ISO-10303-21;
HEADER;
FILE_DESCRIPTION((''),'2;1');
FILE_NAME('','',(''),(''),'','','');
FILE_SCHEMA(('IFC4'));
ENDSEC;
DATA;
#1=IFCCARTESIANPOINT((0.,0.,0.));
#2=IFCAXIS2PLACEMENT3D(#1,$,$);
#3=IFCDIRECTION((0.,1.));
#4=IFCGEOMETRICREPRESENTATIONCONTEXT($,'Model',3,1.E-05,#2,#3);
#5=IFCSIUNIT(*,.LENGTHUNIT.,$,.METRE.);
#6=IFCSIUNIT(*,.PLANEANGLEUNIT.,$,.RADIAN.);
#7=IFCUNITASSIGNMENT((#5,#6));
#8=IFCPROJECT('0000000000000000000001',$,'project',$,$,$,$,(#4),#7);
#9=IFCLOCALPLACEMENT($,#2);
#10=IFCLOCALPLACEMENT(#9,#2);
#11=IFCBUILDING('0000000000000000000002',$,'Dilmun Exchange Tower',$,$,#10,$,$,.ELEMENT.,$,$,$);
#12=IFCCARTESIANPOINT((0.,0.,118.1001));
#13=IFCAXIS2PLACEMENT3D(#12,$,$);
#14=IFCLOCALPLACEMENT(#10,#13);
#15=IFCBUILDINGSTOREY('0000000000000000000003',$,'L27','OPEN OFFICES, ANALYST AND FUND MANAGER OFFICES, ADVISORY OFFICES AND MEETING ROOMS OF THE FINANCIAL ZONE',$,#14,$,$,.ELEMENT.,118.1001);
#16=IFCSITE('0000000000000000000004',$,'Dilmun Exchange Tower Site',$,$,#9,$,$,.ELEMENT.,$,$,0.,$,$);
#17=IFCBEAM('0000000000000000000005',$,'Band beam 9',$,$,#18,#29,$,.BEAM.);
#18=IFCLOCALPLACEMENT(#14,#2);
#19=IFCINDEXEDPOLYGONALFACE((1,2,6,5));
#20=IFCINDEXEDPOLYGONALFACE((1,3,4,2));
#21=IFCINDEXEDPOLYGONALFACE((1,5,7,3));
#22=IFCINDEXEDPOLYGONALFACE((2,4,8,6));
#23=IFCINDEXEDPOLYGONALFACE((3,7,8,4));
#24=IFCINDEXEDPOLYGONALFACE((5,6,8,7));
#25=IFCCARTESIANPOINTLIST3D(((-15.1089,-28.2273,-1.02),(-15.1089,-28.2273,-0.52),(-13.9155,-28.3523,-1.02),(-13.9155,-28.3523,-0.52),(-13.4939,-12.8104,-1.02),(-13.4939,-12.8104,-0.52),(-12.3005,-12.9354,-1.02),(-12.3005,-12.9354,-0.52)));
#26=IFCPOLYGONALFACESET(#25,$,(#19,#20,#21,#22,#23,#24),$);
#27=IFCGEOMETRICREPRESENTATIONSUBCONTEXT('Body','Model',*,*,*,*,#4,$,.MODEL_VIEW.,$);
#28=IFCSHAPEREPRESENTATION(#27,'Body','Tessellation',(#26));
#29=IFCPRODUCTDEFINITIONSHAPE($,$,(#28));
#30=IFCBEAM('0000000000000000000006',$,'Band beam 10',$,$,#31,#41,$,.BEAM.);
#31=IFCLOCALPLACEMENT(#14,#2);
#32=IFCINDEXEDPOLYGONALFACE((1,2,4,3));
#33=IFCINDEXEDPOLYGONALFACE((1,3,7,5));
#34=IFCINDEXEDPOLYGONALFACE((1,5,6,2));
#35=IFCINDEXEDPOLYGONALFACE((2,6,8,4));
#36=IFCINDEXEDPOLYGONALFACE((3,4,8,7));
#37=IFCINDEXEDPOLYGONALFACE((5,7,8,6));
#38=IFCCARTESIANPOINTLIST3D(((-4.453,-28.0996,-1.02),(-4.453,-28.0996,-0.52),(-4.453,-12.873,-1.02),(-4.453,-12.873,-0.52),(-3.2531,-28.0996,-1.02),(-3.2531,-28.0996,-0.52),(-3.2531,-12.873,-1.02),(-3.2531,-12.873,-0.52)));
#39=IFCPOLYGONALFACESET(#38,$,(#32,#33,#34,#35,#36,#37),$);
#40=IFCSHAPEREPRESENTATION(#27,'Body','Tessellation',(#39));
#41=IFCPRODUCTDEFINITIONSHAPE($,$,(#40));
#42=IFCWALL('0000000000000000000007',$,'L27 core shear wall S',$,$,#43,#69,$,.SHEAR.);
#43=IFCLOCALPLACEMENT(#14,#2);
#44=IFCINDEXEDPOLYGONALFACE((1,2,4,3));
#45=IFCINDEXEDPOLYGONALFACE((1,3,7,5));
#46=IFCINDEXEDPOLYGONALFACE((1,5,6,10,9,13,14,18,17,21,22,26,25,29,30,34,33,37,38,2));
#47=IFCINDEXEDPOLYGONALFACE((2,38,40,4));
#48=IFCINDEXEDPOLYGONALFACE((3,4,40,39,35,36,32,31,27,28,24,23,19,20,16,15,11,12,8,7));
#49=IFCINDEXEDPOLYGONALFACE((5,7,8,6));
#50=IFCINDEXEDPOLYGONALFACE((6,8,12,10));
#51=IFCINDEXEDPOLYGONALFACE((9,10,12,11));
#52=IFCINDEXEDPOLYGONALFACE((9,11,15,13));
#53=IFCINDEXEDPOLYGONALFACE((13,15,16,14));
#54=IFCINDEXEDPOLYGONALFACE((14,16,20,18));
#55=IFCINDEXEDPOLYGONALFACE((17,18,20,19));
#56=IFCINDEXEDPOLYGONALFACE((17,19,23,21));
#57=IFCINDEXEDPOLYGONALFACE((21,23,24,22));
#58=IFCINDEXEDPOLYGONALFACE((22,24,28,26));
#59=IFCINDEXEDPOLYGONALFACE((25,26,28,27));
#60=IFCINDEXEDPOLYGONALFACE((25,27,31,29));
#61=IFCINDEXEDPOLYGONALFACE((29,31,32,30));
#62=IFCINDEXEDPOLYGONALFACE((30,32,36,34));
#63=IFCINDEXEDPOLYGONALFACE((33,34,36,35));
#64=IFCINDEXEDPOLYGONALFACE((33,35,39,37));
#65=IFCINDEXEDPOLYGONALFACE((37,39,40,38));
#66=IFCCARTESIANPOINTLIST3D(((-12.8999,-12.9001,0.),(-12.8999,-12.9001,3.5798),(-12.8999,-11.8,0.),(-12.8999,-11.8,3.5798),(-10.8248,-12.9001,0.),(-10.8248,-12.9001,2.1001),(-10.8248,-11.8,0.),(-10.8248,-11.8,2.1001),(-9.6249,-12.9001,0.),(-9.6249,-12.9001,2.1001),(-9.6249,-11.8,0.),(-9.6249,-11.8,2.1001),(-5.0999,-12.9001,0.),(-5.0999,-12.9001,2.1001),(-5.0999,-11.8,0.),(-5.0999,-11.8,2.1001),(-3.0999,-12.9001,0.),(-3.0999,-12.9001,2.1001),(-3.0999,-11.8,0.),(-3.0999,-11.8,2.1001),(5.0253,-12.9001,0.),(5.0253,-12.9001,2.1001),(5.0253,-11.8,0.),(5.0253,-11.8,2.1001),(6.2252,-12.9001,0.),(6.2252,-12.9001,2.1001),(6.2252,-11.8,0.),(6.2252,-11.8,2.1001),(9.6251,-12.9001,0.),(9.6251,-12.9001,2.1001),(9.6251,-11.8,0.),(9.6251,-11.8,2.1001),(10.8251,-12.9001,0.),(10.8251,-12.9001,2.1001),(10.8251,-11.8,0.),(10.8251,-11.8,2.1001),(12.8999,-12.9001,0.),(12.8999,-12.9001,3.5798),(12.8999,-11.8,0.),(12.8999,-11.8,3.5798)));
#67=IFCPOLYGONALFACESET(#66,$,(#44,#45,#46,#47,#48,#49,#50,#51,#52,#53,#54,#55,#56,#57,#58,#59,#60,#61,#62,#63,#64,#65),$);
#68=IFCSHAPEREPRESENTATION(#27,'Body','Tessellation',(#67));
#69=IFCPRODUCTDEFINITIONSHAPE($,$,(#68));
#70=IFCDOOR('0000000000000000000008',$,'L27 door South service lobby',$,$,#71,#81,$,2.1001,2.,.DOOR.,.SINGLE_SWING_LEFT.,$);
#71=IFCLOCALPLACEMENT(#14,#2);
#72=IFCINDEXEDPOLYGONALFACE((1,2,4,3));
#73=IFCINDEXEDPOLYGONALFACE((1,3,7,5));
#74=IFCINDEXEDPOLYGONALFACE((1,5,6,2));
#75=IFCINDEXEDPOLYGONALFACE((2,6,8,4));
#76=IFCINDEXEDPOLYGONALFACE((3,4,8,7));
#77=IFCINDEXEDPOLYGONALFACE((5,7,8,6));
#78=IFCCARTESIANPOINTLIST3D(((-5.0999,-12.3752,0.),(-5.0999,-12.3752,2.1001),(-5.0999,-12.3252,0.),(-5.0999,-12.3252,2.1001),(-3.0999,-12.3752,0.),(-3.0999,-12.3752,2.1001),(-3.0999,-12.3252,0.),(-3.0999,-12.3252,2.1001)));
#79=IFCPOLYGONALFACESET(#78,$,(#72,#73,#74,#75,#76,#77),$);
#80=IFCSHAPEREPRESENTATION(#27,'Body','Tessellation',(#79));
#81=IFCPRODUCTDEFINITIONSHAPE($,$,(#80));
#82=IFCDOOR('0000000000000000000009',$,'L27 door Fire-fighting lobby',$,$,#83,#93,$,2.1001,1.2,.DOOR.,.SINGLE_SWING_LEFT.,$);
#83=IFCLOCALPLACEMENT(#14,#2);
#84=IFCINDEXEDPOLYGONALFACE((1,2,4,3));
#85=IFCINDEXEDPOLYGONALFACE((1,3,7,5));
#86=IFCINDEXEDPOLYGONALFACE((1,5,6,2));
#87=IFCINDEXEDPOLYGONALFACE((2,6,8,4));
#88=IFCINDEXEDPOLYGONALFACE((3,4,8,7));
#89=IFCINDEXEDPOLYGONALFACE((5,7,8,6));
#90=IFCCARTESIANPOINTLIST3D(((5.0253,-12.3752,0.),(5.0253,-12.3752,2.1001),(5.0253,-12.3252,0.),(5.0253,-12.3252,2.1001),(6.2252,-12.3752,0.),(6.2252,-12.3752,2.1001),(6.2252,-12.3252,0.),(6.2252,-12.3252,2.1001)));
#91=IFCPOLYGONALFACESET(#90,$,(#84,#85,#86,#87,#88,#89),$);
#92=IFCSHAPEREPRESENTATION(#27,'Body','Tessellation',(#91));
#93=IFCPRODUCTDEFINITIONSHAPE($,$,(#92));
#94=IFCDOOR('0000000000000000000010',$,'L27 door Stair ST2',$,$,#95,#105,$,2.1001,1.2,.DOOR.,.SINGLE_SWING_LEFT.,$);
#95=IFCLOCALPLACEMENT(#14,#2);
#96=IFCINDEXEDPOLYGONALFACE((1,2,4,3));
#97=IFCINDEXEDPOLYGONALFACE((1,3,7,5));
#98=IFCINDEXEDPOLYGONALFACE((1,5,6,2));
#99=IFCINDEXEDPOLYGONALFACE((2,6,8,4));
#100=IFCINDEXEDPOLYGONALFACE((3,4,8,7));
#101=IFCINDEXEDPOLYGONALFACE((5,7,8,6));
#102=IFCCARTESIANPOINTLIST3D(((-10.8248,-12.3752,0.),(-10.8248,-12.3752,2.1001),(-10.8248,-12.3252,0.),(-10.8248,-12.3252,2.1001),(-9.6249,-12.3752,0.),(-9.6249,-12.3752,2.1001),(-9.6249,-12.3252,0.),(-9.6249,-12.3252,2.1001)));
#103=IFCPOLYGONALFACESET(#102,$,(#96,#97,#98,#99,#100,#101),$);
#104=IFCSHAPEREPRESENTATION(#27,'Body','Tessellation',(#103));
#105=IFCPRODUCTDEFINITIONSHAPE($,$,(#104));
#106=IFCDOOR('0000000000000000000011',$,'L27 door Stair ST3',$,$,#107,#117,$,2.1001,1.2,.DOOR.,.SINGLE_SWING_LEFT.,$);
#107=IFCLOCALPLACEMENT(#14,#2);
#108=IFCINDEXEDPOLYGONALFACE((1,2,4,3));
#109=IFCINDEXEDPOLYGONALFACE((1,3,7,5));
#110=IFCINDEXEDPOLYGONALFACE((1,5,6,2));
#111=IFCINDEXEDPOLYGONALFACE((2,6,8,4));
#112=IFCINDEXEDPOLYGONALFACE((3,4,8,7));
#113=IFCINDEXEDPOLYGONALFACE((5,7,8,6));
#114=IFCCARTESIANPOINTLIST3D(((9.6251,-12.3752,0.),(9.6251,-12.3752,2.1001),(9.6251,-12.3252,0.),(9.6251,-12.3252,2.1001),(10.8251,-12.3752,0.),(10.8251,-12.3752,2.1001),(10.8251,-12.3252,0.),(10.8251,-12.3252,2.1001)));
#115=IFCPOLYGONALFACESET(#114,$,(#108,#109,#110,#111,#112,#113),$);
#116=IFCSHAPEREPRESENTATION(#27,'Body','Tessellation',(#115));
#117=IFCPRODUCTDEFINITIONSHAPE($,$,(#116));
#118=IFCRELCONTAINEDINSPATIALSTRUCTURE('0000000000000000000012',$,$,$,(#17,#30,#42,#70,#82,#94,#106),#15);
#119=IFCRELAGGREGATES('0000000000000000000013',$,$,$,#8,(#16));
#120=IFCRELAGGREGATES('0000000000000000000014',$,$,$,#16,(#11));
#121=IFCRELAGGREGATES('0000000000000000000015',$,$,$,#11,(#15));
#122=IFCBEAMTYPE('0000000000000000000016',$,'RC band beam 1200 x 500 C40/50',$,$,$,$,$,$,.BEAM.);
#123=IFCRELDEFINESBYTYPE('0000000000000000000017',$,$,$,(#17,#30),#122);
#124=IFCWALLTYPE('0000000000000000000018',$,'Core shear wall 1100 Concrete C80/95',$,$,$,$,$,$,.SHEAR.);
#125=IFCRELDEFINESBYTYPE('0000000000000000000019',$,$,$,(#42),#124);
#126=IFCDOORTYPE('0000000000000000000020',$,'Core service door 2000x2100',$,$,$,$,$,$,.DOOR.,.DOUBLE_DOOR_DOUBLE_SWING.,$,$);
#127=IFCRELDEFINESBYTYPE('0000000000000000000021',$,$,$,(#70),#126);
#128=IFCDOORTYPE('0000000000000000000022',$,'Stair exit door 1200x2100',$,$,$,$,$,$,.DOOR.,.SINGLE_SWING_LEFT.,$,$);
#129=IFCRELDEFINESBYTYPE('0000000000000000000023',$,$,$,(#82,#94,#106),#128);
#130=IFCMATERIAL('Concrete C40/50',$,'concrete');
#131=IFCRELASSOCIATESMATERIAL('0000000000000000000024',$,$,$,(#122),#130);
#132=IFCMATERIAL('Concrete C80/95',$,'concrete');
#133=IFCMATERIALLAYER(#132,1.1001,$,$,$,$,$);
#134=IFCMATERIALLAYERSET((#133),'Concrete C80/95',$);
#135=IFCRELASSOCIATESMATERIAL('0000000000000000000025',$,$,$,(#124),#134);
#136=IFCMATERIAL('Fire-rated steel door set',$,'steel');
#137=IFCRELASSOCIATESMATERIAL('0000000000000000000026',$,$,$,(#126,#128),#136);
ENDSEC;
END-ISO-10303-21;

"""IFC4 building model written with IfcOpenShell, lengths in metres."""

from ifc_helpers import new_model, si_unit, direction, frame, frame_2d, origin, origin_2d, place, context, subcontext, project, spatial, rectangle, extrude, material, layer, layer_set, material_profile, profile_set, type_object, element, fill, save


model = new_model("IFC4")

# Units and contexts
model_context = context("Model", 3, precision=1e-05, world=origin(), true_north=direction((0.0, 1.0)))
body_context = subcontext(model_context, "Body", "Model", "MODEL_VIEW")
ifc_project = project(units=[si_unit("LENGTHUNIT", "METRE"), si_unit("PLANEANGLEUNIT", "RADIAN")], contexts=[model_context])

# Site, building, storey
site_placement = place(None, origin())
site = spatial("IfcSite", under=ifc_project, at=site_placement, Name="Dilmun Exchange Tower Site", CompositionType="ELEMENT", RefElevation=0.0)
building_placement = place(site_placement, origin())
building = spatial("IfcBuilding", under=site, at=building_placement, Name="Dilmun Exchange Tower", CompositionType="ELEMENT")
storey_placement = place(building_placement, frame((0.0, 0.0, 118.1001)))
storey = spatial("IfcBuildingStorey", under=building, at=storey_placement, Name="L27", Description="OPEN OFFICES, ANALYST AND FUND MANAGER OFFICES, ADVISORY OFFICES AND MEETING ROOMS OF THE FINANCIAL ZONE", CompositionType="ELEMENT", Elevation=118.1001)

# Beams
ifc_material_1 = material(Name="Concrete C40/50", Category="concrete")
ifc_material_profile = material_profile(ifc_material_1, rectangle(XDim=1.2, YDim=0.5, at=origin_2d()), Name="1200 x 500")
ifc_profile_set = profile_set([ifc_material_profile], Name="Concrete C40/50")
beam_type = type_object("IfcBeamType", Name="RC band beam 1200 x 500 C40/50", PredefinedType="BEAM", material=ifc_profile_set)
beam_1_placement = place(storey_placement, frame((-14.5122, -28.2898, -0.77), z_axis=(0.104185, 0.994558, 0.0), x_axis=(-0.994558, 0.104185, 0.0)))
element("IfcBeam", 1, at=beam_1_placement, inside=storey, type_object=beam_type, Name="Band beam 9", PredefinedType="BEAM", context=body_context, shape_type="SweptSolid", body=[
    extrude(rectangle(XDim=1.2, YDim=0.5, at=origin_2d()), origin(), (0.0, 0.0, 1.0), 15.5012),
])
beam_2_placement = place(storey_placement, frame((-3.853, -28.0996, -0.77), z_axis=(0.0, 1.0, 0.0), x_axis=(-1.0, 0.0, 0.0)))
element("IfcBeam", 2, at=beam_2_placement, inside=storey, type_object=beam_type, Name="Band beam 10", PredefinedType="BEAM", context=body_context, shape_type="SweptSolid", body=[
    extrude(rectangle(XDim=1.2, YDim=0.5, at=origin_2d()), origin(), (0.0, 0.0, 1.0), 15.2266),
])

# Wall, openings, doors
ifc_material_2 = material(Name="Concrete C80/95", Category="concrete")
ifc_layer_1 = layer(ifc_material_2, 1.1001)
ifc_layer_set_1 = layer_set([ifc_layer_1], Name="Concrete C80/95")
wall_type_1 = type_object("IfcWallType", Name="Core shear wall 1100 Concrete C80/95", PredefinedType="SHEAR", material=ifc_layer_set_1)
wall_1_placement = place(storey_placement, frame((-12.8999, -12.3501, 0.0), z_axis=(0.0, 0.0, 1.0), x_axis=(1.0, 0.0, 0.0)))
wall_1 = element("IfcWall", 3, at=wall_1_placement, inside=storey, type_object=wall_type_1, Name="L27 core shear wall S", PredefinedType="SHEAR", context=body_context, shape_type="SweptSolid", body=[
    extrude(rectangle(XDim=25.7998, YDim=1.1001, at=frame_2d((12.8999, 0.0))), origin(), (0.0, 0.0, 1.0), 3.5798),
])
opening_1_placement = place(wall_1_placement, frame((7.8, 0.0, 0.0)))
opening_1 = element("IfcOpeningElement", 4, at=opening_1_placement, cuts=wall_1, PredefinedType="OPENING", context=body_context, shape_type="SweptSolid", body=[
    extrude(rectangle(XDim=2.0, YDim=2.1001, at=frame_2d((1.0, 1.05))), frame((0.0, 0.5601, 0.0), z_axis=(0.0, -1.0, 0.0), x_axis=(1.0, 0.0, 0.0)), (0.0, 0.0, 1.0), 1.1201),
])
opening_2_placement = place(wall_1_placement, frame((17.925, 0.0, 0.0)))
opening_2 = element("IfcOpeningElement", 5, at=opening_2_placement, cuts=wall_1, PredefinedType="OPENING", context=body_context, shape_type="SweptSolid", body=[
    extrude(rectangle(XDim=1.2, YDim=2.1001, at=frame_2d((0.6001, 1.05))), frame((0.0, 0.5601, 0.0), z_axis=(0.0, -1.0, 0.0), x_axis=(1.0, 0.0, 0.0)), (0.0, 0.0, 1.0), 1.1201),
])
opening_3_placement = place(wall_1_placement, frame((2.075, 0.0, 0.0)))
opening_3 = element("IfcOpeningElement", 6, at=opening_3_placement, cuts=wall_1, PredefinedType="OPENING", context=body_context, shape_type="SweptSolid", body=[
    extrude(rectangle(XDim=1.2, YDim=2.1001, at=frame_2d((0.6001, 1.05))), frame((0.0, 0.5601, 0.0), z_axis=(0.0, -1.0, 0.0), x_axis=(1.0, 0.0, 0.0)), (0.0, 0.0, 1.0), 1.1201),
])
opening_4_placement = place(wall_1_placement, frame((22.5249, 0.0, 0.0)))
opening_4 = element("IfcOpeningElement", 7, at=opening_4_placement, cuts=wall_1, PredefinedType="OPENING", context=body_context, shape_type="SweptSolid", body=[
    extrude(rectangle(XDim=1.2, YDim=2.1001, at=frame_2d((0.6001, 1.05))), frame((0.0, 0.5601, 0.0), z_axis=(0.0, -1.0, 0.0), x_axis=(1.0, 0.0, 0.0)), (0.0, 0.0, 1.0), 1.1201),
])
ifc_material_3 = material(Name="Fire-rated steel door set", Category="steel")
door_type_1 = type_object("IfcDoorType", Name="Core service door 2000x2100", OperationType="DOUBLE_DOOR_DOUBLE_SWING", PredefinedType="DOOR", material=ifc_material_3)
door_1_placement = place(opening_1_placement, origin())
door_1 = element("IfcDoor", 8, at=door_1_placement, inside=storey, type_object=door_type_1, Name="L27 door South service lobby", OperationType="SINGLE_SWING_LEFT", OverallHeight=2.1001, OverallWidth=2.0, PredefinedType="DOOR", context=body_context, shape_type="SweptSolid", body=[
    extrude(rectangle(XDim=2.0, YDim=2.1001, at=frame_2d((1.0, 1.05))), frame((0.0, 0.0249, 0.0), z_axis=(0.0, -1.0, 0.0), x_axis=(1.0, 0.0, 0.0)), (0.0, 0.0, 1.0), 0.05),
])
fill(opening_1, door_1)
door_type_2 = type_object("IfcDoorType", Name="Stair exit door 1200x2100", OperationType="SINGLE_SWING_LEFT", PredefinedType="DOOR", material=ifc_material_3)
door_2_placement = place(opening_2_placement, origin())
door_2 = element("IfcDoor", 9, at=door_2_placement, inside=storey, type_object=door_type_2, Name="L27 door Fire-fighting lobby", OperationType="SINGLE_SWING_LEFT", OverallHeight=2.1001, OverallWidth=1.2, PredefinedType="DOOR", context=body_context, shape_type="SweptSolid", body=[
    extrude(rectangle(XDim=1.2, YDim=2.1001, at=frame_2d((0.6001, 1.05))), frame((0.0, 0.0249, 0.0), z_axis=(0.0, -1.0, 0.0), x_axis=(1.0, 0.0, 0.0)), (0.0, 0.0, 1.0), 0.05),
])
fill(opening_2, door_2)
door_3_placement = place(opening_3_placement, origin())
door_3 = element("IfcDoor", 10, at=door_3_placement, inside=storey, type_object=door_type_2, Name="L27 door Stair ST2", OperationType="SINGLE_SWING_LEFT", OverallHeight=2.1001, OverallWidth=1.2, PredefinedType="DOOR", context=body_context, shape_type="SweptSolid", body=[
    extrude(rectangle(XDim=1.2, YDim=2.1001, at=frame_2d((0.6001, 1.05))), frame((0.0, 0.0249, 0.0), z_axis=(0.0, -1.0, 0.0), x_axis=(1.0, 0.0, 0.0)), (0.0, 0.0, 1.0), 0.05),
])
fill(opening_3, door_3)
door_4_placement = place(opening_4_placement, origin())
door_4 = element("IfcDoor", 11, at=door_4_placement, inside=storey, type_object=door_type_2, Name="L27 door Stair ST3", OperationType="SINGLE_SWING_LEFT", OverallHeight=2.1001, OverallWidth=1.2, PredefinedType="DOOR", context=body_context, shape_type="SweptSolid", body=[
    extrude(rectangle(XDim=1.2, YDim=2.1001, at=frame_2d((0.6001, 1.05))), frame((0.0, 0.0249, 0.0), z_axis=(0.0, -1.0, 0.0), x_axis=(1.0, 0.0, 0.0)), (0.0, 0.0, 1.0), 0.05),
])
fill(opening_4, door_4)

save(model, "model.ifc")
